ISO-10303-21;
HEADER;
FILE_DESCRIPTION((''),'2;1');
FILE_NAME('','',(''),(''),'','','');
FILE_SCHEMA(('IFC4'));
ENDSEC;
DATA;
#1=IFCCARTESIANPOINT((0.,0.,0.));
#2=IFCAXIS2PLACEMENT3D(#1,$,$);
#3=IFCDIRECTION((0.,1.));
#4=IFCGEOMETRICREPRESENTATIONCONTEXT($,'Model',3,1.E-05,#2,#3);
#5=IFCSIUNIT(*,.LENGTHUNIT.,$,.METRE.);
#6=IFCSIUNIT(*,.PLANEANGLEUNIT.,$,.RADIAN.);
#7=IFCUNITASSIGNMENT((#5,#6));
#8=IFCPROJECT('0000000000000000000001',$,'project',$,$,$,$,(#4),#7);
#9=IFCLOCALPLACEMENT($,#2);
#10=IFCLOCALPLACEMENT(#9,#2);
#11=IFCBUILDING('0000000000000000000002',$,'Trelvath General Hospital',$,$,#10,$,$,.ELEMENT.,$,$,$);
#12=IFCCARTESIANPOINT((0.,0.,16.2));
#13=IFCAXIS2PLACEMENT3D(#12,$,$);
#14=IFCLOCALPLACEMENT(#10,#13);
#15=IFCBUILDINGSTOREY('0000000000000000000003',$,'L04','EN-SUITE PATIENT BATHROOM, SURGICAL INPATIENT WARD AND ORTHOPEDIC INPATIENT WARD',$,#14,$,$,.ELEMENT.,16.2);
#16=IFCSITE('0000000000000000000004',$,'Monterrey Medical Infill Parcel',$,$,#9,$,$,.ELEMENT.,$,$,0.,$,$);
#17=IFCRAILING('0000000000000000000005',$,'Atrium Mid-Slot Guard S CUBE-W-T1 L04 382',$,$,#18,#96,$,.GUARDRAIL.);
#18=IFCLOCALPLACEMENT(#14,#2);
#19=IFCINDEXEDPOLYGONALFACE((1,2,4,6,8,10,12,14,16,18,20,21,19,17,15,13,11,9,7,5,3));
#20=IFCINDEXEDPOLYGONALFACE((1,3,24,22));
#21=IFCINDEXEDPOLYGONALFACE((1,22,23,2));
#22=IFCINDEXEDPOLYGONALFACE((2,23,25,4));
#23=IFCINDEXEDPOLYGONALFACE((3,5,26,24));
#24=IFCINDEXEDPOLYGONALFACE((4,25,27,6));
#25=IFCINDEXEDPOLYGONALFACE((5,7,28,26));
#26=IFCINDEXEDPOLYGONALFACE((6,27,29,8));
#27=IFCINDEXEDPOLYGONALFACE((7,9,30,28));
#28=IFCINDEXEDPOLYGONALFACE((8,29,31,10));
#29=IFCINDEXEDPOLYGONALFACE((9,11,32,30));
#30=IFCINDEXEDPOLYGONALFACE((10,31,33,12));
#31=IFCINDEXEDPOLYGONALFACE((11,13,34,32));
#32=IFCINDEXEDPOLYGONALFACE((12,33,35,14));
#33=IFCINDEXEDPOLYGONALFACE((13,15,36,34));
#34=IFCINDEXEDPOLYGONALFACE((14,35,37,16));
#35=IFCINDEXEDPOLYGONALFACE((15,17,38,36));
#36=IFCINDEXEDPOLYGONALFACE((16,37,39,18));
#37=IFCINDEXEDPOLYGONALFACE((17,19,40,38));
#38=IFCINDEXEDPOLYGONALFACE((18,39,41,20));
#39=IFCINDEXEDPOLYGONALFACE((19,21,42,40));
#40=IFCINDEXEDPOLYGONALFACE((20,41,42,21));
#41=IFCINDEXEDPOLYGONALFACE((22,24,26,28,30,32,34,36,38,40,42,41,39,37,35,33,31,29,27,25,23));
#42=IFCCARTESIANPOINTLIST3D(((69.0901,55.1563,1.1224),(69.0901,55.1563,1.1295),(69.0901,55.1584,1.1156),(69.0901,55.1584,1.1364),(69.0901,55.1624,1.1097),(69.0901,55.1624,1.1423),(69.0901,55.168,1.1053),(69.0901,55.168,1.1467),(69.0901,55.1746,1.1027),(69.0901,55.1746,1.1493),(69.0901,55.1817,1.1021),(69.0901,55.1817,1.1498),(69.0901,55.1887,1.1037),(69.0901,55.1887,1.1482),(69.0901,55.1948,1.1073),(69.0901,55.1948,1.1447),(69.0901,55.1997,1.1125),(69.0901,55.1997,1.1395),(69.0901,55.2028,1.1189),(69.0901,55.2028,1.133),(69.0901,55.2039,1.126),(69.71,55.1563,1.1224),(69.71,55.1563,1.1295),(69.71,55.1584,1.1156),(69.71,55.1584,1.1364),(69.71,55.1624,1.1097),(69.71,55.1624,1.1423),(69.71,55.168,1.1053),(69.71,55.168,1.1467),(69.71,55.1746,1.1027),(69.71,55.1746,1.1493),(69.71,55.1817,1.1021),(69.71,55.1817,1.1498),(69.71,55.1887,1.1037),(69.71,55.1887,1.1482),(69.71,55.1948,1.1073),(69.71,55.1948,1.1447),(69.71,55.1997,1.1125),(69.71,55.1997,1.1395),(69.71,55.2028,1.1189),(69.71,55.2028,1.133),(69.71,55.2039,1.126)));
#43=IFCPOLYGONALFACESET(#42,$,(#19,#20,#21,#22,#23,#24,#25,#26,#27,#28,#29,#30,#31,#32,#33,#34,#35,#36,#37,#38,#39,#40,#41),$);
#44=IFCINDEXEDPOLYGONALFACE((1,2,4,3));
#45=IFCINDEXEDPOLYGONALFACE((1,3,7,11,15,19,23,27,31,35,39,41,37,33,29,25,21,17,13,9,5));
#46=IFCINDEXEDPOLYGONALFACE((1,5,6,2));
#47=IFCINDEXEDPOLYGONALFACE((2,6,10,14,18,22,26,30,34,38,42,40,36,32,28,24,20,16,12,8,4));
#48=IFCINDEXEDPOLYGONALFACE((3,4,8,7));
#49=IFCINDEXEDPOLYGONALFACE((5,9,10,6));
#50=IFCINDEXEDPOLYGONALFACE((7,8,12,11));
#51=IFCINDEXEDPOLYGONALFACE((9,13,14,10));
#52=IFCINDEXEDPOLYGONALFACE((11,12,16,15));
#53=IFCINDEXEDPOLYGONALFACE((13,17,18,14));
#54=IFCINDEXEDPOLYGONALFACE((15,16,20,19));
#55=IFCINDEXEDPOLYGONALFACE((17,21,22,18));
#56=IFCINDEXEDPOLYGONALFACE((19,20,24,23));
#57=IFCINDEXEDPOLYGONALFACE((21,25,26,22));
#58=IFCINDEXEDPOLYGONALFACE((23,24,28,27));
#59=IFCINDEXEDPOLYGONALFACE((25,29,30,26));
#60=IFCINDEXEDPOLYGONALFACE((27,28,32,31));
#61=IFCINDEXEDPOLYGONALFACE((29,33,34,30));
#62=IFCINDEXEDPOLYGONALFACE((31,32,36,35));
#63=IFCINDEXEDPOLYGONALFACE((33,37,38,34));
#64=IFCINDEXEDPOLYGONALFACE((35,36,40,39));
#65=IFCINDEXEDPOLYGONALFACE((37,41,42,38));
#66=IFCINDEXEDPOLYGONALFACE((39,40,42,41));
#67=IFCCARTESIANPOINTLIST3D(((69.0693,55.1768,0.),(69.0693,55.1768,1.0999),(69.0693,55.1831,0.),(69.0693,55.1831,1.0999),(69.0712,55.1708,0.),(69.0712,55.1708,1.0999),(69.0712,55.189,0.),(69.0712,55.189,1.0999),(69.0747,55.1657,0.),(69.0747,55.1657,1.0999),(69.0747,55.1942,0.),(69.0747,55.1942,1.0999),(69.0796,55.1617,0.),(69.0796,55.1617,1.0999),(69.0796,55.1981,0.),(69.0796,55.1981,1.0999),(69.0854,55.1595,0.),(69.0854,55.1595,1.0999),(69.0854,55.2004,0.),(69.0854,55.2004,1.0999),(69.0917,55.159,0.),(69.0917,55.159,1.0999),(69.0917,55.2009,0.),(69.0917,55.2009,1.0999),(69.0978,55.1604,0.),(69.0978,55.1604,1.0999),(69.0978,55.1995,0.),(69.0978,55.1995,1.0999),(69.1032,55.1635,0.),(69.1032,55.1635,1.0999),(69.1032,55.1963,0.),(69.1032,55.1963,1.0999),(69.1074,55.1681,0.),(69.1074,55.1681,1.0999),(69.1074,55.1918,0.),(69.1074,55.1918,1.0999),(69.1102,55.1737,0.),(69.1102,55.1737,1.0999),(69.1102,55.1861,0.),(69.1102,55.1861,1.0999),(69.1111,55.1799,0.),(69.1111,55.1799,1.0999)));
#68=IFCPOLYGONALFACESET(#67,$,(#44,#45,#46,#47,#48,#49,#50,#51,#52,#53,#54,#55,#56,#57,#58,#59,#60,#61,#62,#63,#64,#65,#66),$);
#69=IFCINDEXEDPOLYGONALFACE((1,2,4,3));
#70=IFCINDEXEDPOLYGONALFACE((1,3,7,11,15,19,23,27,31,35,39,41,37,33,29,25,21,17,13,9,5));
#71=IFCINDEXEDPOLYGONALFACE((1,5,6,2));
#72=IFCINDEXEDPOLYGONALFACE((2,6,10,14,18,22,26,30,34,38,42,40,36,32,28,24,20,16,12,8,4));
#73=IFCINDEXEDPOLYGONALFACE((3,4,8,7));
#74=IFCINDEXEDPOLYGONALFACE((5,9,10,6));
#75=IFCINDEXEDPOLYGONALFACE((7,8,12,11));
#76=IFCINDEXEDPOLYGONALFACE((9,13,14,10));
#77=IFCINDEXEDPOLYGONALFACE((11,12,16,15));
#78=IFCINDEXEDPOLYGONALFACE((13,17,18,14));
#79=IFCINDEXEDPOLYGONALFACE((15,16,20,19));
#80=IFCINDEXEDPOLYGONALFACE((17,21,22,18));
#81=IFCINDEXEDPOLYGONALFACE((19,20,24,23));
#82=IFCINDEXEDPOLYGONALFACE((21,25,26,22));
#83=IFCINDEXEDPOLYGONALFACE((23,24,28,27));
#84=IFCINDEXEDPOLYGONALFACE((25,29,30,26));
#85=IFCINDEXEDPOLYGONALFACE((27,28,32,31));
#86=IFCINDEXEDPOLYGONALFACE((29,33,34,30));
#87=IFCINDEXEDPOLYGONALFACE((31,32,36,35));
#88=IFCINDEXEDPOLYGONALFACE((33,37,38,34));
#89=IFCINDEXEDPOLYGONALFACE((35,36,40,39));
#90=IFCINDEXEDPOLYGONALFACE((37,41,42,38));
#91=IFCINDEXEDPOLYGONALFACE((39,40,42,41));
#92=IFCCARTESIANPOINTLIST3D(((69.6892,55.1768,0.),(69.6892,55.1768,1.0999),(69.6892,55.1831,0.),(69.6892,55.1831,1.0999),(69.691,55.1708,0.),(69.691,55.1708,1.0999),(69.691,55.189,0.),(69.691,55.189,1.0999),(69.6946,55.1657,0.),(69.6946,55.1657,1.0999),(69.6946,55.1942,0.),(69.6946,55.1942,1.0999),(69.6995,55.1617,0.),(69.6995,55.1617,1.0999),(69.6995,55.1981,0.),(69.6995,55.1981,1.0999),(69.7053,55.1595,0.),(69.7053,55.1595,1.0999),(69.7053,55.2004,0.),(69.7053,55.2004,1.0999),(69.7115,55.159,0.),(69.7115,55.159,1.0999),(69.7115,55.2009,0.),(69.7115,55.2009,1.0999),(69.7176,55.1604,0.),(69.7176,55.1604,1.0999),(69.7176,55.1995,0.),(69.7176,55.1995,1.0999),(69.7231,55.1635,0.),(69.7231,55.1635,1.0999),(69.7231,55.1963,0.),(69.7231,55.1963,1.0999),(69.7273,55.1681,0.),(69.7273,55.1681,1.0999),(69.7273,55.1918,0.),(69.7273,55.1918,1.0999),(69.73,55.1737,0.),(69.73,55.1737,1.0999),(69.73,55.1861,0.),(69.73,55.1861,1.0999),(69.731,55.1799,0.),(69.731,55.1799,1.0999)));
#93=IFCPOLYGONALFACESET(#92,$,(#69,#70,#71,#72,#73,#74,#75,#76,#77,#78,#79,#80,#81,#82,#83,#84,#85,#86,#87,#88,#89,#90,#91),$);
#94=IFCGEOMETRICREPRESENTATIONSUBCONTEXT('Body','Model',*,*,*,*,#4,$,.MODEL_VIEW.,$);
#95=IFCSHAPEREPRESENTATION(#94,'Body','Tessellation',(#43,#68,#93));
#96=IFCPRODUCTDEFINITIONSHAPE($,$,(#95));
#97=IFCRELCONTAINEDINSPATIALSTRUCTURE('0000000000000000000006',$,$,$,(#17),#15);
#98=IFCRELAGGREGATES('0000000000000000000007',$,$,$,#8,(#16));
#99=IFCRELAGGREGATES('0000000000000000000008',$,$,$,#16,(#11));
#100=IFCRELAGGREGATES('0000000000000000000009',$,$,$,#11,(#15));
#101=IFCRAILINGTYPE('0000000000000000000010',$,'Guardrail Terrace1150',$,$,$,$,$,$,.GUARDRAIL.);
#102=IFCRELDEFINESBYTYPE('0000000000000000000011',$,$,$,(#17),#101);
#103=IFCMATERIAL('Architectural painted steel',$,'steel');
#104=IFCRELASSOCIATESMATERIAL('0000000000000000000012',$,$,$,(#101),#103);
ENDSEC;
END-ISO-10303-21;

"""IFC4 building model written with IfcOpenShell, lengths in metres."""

from ifc_helpers import new_model, si_unit, direction, frame, origin, origin_2d, place, context, subcontext, project, spatial, circle, extrude, material, type_object, element, save


model = new_model("IFC4")

# Units and contexts
model_context = context("Model", 3, precision=1e-05, world=origin(), true_north=direction((0.0, 1.0)))
body_context = subcontext(model_context, "Body", "Model", "MODEL_VIEW")
ifc_project = project(units=[si_unit("LENGTHUNIT", "METRE"), si_unit("PLANEANGLEUNIT", "RADIAN")], contexts=[model_context])

# Site, building, storey
site_placement = place(None, origin())
site = spatial("IfcSite", under=ifc_project, at=site_placement, Name="Monterrey Medical Infill Parcel", CompositionType="ELEMENT", RefElevation=0.0)
building_placement = place(site_placement, origin())
building = spatial("IfcBuilding", under=site, at=building_placement, Name="Trelvath General Hospital", CompositionType="ELEMENT")
storey_placement = place(building_placement, frame((0.0, 0.0, 16.2)))
storey = spatial("IfcBuildingStorey", under=building, at=storey_placement, Name="L04", Description="EN-SUITE PATIENT BATHROOM, SURGICAL INPATIENT WARD AND ORTHOPEDIC INPATIENT WARD", CompositionType="ELEMENT", Elevation=16.2)

# Railing
ifc_material_1 = material(Name="Architectural painted steel", Category="steel")
railing_type = type_object("IfcRailingType", Name="Guardrail Terrace1150", PredefinedType="GUARDRAIL", material=ifc_material_1)
railing_1_placement = place(storey_placement, frame((69.0901, 55.1799, 0.0)))
element("IfcRailing", 1, at=railing_1_placement, inside=storey, type_object=railing_type, Name="Atrium Mid-Slot Guard S CUBE-W-T1 L04 382", PredefinedType="GUARDRAIL", context=body_context, shape_type="SweptSolid", body=[
    extrude(circle(Radius=0.0239, at=origin_2d()), frame((0.0, 0.0, 1.126), z_axis=(1.0, 0.0, 0.0), x_axis=(0.0, 1.0, 0.0)), (0.0, 0.0, 1.0), 0.6199),
    extrude(circle(Radius=0.021, at=origin_2d()), origin(), (0.0, 0.0, 1.0), 1.0999),
    extrude(circle(Radius=0.021, at=origin_2d()), frame((0.6199, 0.0, 0.0)), (0.0, 0.0, 1.0), 1.0999),
])

save(model, "model.ifc")
